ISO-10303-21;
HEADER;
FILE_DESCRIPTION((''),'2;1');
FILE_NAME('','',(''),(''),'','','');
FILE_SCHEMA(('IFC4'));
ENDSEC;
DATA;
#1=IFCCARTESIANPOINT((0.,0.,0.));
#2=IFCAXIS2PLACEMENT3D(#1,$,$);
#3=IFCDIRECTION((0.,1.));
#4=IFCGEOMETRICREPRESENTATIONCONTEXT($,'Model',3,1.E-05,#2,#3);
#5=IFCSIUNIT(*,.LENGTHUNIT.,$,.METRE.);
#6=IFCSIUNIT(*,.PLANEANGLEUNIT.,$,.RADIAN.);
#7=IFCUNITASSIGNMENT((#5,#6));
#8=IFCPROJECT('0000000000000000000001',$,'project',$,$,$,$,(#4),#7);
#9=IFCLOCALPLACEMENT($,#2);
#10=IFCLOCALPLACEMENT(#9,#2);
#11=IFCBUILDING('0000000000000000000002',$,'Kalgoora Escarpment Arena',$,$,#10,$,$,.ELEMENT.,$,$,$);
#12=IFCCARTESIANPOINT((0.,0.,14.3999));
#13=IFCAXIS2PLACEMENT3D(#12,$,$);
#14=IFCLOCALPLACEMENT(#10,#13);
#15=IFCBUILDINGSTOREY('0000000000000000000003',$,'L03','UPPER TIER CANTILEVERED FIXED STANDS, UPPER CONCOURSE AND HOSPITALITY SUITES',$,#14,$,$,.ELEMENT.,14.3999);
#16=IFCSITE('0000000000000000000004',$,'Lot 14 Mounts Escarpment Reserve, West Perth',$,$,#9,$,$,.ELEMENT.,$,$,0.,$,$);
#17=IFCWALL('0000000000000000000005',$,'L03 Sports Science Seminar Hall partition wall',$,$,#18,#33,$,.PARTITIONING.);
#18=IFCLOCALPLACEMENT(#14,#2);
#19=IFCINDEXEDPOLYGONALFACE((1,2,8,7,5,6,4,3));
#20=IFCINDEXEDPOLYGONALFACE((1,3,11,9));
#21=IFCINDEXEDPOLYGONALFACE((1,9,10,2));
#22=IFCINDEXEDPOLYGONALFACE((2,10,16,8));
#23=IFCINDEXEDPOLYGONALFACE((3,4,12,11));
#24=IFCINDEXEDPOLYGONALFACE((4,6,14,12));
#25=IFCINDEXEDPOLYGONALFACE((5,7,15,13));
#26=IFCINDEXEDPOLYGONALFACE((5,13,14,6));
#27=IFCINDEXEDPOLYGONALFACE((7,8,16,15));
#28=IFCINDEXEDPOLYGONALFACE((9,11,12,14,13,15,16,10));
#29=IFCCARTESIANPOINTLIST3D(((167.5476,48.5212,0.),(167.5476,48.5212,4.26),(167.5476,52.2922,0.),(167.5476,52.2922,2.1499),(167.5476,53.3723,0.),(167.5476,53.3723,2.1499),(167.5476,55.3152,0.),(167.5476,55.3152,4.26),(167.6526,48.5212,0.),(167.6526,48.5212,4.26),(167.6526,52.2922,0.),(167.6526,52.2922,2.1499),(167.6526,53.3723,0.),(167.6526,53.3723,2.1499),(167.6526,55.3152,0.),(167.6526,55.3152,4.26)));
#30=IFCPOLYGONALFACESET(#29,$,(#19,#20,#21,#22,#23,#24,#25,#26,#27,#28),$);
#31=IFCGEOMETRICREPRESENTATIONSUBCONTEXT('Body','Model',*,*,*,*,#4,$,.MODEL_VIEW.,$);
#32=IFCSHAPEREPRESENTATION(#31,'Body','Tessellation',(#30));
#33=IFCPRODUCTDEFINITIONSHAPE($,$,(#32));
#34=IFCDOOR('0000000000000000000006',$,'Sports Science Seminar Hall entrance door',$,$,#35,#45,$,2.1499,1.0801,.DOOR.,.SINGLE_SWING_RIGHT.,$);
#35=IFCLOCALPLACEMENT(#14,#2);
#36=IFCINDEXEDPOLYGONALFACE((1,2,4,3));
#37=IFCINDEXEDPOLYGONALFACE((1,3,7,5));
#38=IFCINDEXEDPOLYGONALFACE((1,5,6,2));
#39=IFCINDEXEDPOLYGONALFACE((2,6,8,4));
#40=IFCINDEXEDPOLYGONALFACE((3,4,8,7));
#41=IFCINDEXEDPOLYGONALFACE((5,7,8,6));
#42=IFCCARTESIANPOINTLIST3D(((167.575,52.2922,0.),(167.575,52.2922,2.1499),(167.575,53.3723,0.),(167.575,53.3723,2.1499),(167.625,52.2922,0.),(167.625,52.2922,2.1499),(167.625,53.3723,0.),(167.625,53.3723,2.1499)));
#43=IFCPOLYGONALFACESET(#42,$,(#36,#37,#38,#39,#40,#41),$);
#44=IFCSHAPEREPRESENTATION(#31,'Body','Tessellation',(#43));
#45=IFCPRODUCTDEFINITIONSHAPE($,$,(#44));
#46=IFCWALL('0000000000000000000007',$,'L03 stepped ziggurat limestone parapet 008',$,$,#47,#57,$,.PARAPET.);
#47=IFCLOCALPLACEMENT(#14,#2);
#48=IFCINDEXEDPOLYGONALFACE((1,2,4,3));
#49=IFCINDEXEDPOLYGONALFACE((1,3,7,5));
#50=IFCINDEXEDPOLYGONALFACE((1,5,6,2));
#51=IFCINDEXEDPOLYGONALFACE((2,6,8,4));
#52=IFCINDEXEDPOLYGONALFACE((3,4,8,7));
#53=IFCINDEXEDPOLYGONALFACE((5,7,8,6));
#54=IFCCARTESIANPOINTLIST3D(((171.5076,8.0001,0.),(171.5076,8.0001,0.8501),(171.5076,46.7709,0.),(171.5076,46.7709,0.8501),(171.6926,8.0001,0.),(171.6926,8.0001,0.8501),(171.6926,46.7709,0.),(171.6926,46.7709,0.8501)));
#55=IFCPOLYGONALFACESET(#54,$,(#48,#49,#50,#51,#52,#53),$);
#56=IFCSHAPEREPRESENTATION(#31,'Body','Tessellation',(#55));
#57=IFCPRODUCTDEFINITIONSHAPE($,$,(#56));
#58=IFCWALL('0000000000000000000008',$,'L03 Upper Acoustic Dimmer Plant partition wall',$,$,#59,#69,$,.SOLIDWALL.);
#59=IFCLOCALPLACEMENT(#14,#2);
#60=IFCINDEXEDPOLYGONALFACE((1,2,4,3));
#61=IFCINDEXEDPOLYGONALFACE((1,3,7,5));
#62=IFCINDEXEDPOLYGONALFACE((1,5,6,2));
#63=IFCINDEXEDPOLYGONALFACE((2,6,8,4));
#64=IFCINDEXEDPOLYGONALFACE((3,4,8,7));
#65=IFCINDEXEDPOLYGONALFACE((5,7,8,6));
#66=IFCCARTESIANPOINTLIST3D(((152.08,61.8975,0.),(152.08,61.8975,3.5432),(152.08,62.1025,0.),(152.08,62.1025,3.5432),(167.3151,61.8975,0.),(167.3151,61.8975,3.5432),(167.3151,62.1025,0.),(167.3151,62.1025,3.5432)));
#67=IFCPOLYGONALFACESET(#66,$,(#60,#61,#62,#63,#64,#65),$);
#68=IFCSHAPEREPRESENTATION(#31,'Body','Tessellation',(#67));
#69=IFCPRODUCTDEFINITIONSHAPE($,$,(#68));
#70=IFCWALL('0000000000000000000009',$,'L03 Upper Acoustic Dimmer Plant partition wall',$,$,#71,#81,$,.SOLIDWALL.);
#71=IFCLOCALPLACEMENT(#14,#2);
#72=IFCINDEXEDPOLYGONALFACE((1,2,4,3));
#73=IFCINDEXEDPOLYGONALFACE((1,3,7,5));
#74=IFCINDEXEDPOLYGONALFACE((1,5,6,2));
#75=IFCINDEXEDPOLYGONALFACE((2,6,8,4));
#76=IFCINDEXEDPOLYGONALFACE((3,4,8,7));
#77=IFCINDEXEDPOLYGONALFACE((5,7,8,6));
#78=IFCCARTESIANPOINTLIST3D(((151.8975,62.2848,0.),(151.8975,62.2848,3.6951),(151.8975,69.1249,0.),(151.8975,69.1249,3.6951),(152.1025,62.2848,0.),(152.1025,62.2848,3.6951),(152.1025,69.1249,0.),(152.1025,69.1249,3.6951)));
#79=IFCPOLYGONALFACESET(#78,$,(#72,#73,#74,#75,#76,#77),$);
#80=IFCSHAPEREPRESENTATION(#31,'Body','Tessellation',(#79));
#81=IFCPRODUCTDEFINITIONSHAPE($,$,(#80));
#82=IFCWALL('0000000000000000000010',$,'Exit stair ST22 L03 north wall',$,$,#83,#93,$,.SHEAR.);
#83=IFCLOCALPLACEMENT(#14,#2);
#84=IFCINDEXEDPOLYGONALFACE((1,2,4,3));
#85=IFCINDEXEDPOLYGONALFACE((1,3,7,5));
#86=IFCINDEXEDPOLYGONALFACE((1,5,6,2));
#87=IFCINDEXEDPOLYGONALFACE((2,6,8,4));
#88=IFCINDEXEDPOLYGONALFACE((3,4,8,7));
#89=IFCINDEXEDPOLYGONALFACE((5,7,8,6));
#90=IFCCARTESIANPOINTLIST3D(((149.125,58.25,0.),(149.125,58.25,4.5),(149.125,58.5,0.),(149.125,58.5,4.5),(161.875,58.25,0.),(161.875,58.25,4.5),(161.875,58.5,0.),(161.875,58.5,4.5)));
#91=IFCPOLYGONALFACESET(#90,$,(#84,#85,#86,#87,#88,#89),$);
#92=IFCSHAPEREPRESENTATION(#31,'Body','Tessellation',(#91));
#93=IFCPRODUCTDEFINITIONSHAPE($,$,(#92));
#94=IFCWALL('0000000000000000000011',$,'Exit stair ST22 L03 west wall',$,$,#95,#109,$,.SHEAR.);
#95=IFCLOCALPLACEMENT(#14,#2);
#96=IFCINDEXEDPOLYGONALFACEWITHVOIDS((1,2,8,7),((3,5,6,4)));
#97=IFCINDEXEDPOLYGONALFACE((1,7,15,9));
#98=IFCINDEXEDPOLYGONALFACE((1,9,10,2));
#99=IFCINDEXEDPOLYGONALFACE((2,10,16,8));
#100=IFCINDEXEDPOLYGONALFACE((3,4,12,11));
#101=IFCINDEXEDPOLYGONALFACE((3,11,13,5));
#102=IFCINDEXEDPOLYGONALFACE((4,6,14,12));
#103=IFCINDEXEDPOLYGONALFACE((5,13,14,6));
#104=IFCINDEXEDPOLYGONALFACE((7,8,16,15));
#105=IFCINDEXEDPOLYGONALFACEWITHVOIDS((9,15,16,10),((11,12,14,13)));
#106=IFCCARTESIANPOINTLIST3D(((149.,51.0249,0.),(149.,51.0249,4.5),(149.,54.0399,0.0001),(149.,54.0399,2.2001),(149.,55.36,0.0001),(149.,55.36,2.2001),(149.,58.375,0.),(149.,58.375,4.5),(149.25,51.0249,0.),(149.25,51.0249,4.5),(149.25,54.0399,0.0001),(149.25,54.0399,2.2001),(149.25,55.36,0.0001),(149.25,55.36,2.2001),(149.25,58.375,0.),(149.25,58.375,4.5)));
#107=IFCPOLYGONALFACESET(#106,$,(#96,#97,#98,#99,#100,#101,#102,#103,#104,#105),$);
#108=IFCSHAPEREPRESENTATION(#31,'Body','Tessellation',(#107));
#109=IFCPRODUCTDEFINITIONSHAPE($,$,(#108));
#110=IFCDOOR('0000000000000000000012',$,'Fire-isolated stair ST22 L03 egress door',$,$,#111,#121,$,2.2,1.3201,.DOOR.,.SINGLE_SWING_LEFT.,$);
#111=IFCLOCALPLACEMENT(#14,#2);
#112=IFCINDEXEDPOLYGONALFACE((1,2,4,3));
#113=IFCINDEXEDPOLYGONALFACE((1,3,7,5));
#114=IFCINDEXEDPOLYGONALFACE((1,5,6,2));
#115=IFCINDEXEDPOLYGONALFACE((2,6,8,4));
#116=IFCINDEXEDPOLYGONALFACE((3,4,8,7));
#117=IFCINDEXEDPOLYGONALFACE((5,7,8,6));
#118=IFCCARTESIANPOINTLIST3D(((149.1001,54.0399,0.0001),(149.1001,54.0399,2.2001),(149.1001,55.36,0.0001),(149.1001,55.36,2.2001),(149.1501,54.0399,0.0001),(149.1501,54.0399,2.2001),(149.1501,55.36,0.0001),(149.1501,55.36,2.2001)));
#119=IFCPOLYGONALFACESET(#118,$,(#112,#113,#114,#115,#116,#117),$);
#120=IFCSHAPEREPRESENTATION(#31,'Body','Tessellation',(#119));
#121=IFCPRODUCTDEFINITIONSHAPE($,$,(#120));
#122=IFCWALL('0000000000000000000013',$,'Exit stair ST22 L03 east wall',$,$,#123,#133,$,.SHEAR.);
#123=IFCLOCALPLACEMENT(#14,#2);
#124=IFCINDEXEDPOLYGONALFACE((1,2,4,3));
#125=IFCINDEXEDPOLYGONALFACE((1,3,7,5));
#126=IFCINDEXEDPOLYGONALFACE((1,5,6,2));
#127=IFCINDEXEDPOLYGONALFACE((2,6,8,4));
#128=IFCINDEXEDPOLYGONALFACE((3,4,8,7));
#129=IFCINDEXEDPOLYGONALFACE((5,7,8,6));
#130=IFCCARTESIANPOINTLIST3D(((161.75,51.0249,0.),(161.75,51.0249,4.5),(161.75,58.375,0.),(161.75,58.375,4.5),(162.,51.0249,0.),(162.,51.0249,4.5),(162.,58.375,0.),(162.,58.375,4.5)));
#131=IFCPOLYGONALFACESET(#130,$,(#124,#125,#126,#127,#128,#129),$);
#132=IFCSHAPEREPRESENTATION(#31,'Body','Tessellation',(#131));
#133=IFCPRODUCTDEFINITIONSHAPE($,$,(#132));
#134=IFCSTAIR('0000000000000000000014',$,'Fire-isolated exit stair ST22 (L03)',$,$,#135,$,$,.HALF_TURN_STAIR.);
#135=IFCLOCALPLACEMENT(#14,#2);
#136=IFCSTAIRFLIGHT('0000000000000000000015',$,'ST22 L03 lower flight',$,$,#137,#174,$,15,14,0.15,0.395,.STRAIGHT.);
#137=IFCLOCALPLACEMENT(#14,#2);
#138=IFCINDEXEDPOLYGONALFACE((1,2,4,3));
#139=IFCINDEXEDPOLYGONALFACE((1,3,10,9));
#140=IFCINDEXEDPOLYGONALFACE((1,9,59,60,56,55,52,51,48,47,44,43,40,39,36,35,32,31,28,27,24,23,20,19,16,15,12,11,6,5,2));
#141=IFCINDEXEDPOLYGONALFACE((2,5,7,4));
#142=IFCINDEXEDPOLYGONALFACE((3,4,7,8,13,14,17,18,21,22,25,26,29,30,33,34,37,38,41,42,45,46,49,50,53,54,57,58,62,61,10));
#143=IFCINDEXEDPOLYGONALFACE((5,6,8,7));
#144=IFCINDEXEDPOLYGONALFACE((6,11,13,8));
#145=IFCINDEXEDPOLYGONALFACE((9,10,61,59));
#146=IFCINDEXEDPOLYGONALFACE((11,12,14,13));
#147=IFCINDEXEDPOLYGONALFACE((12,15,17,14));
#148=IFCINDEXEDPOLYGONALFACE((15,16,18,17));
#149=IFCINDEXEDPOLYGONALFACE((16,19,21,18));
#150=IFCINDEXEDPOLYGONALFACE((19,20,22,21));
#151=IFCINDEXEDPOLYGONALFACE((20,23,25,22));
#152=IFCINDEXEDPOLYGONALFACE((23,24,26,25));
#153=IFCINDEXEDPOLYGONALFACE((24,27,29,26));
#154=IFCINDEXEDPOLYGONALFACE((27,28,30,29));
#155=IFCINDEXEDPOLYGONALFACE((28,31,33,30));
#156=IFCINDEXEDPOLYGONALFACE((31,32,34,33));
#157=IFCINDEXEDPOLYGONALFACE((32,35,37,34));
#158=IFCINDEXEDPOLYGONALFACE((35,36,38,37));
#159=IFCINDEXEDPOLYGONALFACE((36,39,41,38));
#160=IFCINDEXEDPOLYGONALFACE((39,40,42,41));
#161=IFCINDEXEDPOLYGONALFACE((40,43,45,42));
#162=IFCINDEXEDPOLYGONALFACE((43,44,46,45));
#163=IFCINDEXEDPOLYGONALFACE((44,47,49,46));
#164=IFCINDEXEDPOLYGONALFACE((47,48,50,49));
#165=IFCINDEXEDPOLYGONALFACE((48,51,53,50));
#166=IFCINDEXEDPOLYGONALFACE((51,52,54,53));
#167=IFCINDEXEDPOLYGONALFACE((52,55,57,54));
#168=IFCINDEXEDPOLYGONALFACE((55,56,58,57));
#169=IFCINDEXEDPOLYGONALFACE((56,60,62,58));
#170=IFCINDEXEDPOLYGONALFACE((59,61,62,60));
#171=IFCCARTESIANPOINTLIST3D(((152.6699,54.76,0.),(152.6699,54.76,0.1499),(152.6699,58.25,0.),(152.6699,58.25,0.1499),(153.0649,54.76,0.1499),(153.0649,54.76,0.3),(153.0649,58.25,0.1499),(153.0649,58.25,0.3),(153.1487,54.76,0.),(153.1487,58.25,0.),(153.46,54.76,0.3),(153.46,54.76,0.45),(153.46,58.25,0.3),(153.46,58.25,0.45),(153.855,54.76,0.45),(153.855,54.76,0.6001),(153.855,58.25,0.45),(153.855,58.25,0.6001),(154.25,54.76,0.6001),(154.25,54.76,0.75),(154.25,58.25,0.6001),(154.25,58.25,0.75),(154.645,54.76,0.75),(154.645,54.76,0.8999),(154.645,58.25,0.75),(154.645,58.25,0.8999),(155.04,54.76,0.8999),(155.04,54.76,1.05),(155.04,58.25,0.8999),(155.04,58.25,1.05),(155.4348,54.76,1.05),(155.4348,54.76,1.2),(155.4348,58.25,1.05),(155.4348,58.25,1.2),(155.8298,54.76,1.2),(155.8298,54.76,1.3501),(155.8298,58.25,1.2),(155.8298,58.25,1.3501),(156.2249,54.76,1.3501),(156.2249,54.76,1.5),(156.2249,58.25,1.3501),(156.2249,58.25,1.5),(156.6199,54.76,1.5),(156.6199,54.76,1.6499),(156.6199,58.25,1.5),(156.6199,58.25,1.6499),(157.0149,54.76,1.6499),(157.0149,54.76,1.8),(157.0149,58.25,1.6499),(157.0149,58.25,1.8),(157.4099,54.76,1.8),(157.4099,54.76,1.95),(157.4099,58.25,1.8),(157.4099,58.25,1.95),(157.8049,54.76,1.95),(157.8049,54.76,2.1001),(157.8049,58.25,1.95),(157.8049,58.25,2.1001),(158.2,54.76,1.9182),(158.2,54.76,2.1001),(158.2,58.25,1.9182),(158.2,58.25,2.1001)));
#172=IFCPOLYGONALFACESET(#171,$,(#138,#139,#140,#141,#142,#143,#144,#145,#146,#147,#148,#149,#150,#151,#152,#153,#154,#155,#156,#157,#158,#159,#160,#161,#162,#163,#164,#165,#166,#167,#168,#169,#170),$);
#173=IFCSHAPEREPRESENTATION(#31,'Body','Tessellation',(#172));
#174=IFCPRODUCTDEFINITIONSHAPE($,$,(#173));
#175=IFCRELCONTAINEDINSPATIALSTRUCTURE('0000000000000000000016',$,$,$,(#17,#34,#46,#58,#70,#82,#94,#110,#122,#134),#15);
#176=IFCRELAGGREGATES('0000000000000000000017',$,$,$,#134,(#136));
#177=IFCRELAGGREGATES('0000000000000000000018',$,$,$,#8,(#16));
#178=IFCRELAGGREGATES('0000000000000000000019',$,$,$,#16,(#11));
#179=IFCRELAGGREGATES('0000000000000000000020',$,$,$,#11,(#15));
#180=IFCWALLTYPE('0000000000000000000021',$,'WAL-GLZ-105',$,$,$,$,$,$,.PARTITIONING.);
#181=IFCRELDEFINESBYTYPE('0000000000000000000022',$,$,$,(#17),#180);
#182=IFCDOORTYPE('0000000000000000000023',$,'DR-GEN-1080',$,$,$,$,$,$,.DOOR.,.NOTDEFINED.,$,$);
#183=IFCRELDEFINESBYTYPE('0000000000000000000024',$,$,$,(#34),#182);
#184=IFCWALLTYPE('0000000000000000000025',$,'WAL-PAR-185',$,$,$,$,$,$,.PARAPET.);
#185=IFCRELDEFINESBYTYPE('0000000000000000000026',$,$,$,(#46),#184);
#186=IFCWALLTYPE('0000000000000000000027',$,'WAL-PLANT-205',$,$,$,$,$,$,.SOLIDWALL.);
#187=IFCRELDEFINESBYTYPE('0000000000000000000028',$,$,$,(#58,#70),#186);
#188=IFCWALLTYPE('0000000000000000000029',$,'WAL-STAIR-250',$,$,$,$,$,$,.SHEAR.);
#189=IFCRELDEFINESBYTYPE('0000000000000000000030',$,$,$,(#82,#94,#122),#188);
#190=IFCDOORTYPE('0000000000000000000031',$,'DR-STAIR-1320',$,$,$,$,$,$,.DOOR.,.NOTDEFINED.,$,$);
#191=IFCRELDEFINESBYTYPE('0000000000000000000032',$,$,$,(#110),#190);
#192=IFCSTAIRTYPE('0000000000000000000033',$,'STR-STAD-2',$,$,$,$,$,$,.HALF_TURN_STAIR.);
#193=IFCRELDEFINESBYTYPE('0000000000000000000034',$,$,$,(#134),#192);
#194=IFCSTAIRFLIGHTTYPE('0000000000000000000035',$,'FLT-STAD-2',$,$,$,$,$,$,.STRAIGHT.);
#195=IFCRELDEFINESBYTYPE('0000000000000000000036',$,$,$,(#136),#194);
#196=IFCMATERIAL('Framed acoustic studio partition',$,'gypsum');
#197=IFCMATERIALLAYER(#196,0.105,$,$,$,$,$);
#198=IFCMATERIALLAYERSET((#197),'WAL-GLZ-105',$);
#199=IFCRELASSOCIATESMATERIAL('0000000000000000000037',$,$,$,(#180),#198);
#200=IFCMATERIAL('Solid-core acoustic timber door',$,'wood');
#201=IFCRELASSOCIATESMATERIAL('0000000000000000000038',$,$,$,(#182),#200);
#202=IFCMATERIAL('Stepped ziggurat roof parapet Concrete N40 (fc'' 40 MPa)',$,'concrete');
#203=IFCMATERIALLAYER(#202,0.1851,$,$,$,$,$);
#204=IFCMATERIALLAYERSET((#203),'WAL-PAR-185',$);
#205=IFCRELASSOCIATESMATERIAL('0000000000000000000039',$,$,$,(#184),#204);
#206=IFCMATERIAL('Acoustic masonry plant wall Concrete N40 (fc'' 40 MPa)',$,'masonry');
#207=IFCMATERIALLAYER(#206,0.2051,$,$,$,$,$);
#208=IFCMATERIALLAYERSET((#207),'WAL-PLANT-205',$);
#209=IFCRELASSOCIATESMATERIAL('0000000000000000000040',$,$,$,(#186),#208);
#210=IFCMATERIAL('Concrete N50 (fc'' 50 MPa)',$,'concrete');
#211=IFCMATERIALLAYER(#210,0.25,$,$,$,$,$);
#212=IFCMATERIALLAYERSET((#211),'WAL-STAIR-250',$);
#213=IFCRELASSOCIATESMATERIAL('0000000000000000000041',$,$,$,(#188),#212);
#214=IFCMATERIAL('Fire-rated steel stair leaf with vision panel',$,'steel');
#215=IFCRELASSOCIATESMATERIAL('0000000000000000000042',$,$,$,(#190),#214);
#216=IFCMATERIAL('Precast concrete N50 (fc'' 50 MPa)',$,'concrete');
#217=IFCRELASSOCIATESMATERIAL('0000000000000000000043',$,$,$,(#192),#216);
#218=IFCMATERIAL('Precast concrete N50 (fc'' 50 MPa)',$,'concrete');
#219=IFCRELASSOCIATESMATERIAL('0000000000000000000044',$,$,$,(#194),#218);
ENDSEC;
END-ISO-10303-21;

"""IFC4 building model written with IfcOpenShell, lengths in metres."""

from ifc_helpers import new_model, si_unit, direction, frame, frame_2d, origin, place, context, subcontext, project, spatial, polyline, rectangle, outline, extrude, material, layer, layer_set, type_object, element, fill, aggregate, save


model = new_model("IFC4")

# Units and contexts
model_context = context("Model", 3, precision=1e-05, world=origin(), true_north=direction((0.0, 1.0)))
body_context = subcontext(model_context, "Body", "Model", "MODEL_VIEW")
ifc_project = project(units=[si_unit("LENGTHUNIT", "METRE"), si_unit("PLANEANGLEUNIT", "RADIAN")], contexts=[model_context])

# Site, building, storey
site_placement = place(None, origin())
site = spatial("IfcSite", under=ifc_project, at=site_placement, Name="Lot 14 Mounts Escarpment Reserve, West Perth", CompositionType="ELEMENT", RefElevation=0.0)
building_placement = place(site_placement, origin())
building = spatial("IfcBuilding", under=site, at=building_placement, Name="Kalgoora Escarpment Arena", CompositionType="ELEMENT")
storey_placement = place(building_placement, frame((0.0, 0.0, 14.3999)))
storey = spatial("IfcBuildingStorey", under=building, at=storey_placement, Name="L03", Description="UPPER TIER CANTILEVERED FIXED STANDS, UPPER CONCOURSE AND HOSPITALITY SUITES", CompositionType="ELEMENT", Elevation=14.3999)

# Shared definitions
ifc_material_1 = material(Name="Framed acoustic studio partition", Category="gypsum")
ifc_layer_1 = layer(ifc_material_1, 0.105)
ifc_layer_set_1 = layer_set([ifc_layer_1], Name="WAL-GLZ-105")
wall_type_1 = type_object("IfcWallType", Name="WAL-GLZ-105", PredefinedType="PARTITIONING", material=ifc_layer_set_1)

# Wall, opening, door
wall_1_placement = place(storey_placement, frame((167.6001, 55.3152, 0.0), z_axis=(0.0, 0.0, 1.0), x_axis=(0.0, -1.0, 0.0)))
wall_1 = element("IfcWall", 1, at=wall_1_placement, inside=storey, type_object=wall_type_1, Name="L03 Sports Science Seminar Hall partition wall", PredefinedType="PARTITIONING", context=body_context, shape_type="SweptSolid", body=[
    extrude(rectangle(XDim=6.7939, YDim=0.105, at=frame_2d((3.397, 0.0))), origin(), (0.0, 0.0, 1.0), 4.26),
])
opening_1_placement = place(wall_1_placement, frame((1.9429, 0.0, 0.0)))
opening_1 = element("IfcOpeningElement", 2, at=opening_1_placement, cuts=wall_1, PredefinedType="OPENING", context=body_context, shape_type="SweptSolid", body=[
    extrude(rectangle(XDim=1.0801, YDim=2.1499, at=frame_2d((0.54, 1.075))), frame((0.0, 0.0625, 0.0), z_axis=(0.0, -1.0, 0.0), x_axis=(1.0, 0.0, 0.0)), (0.0, 0.0, 1.0), 0.125),
])
ifc_material_2 = material(Name="Solid-core acoustic timber door", Category="wood")
door_type_1 = type_object("IfcDoorType", Name="DR-GEN-1080", OperationType="NOTDEFINED", PredefinedType="DOOR", material=ifc_material_2)
door_1_placement = place(opening_1_placement, origin())
door_1 = element("IfcDoor", 3, at=door_1_placement, inside=storey, type_object=door_type_1, Name="Sports Science Seminar Hall entrance door", OperationType="SINGLE_SWING_RIGHT", OverallHeight=2.1499, OverallWidth=1.0801, PredefinedType="DOOR", context=body_context, shape_type="SweptSolid", body=[
    extrude(rectangle(XDim=1.0801, YDim=2.1499, at=frame_2d((0.54, 1.075))), frame((0.0, 0.0249, 0.0), z_axis=(0.0, -1.0, 0.0), x_axis=(1.0, 0.0, 0.0)), (0.0, 0.0, 1.0), 0.05),
])
fill(opening_1, door_1)

# Walls
ifc_material_3 = material(Name="Stepped ziggurat roof parapet Concrete N40 (fc' 40 MPa)", Category="concrete")
ifc_layer_2 = layer(ifc_material_3, 0.1851)
ifc_layer_set_2 = layer_set([ifc_layer_2], Name="WAL-PAR-185")
wall_type_2 = type_object("IfcWallType", Name="WAL-PAR-185", PredefinedType="PARAPET", material=ifc_layer_set_2)
wall_2_placement = place(storey_placement, frame((171.6001, 46.7708, 0.0), z_axis=(0.0, 0.0, 1.0), x_axis=(0.0, -1.0, 0.0)))
element("IfcWall", 4, at=wall_2_placement, inside=storey, type_object=wall_type_2, Name="L03 stepped ziggurat limestone parapet 008", PredefinedType="PARAPET", context=body_context, shape_type="SweptSolid", body=[
    extrude(rectangle(XDim=38.7708, YDim=0.1851, at=frame_2d((19.3853, 0.0))), origin(), (0.0, 0.0, 1.0), 0.8501),
])
ifc_material_4 = material(Name="Acoustic masonry plant wall Concrete N40 (fc' 40 MPa)", Category="masonry")
ifc_layer_3 = layer(ifc_material_4, 0.2051)
ifc_layer_set_3 = layer_set([ifc_layer_3], Name="WAL-PLANT-205")
wall_type_3 = type_object("IfcWallType", Name="WAL-PLANT-205", PredefinedType="SOLIDWALL", material=ifc_layer_set_3)
wall_3_placement = place(storey_placement, frame((167.3152, 62.0, 0.0), z_axis=(0.0, 0.0, 1.0), x_axis=(-1.0, 0.0, 0.0)))
element("IfcWall", 5, at=wall_3_placement, inside=storey, type_object=wall_type_3, Name="L03 Upper Acoustic Dimmer Plant partition wall", PredefinedType="SOLIDWALL", context=body_context, shape_type="SweptSolid", body=[
    extrude(rectangle(XDim=15.2351, YDim=0.2051, at=frame_2d((7.6177, 0.0))), origin(), (0.0, 0.0, 1.0), 3.5432),
])
wall_4_placement = place(storey_placement, frame((152.0, 62.2849, 0.0), z_axis=(0.0, 0.0, 1.0), x_axis=(0.0, 1.0, 0.0)))
element("IfcWall", 6, at=wall_4_placement, inside=storey, type_object=wall_type_3, Name="L03 Upper Acoustic Dimmer Plant partition wall", PredefinedType="SOLIDWALL", context=body_context, shape_type="SweptSolid", body=[
    extrude(rectangle(XDim=6.8401, YDim=0.2051, at=frame_2d((3.4199, 0.0))), origin(), (0.0, 0.0, 1.0), 3.6951),
])
ifc_material_5 = material(Name="Concrete N50 (fc' 50 MPa)", Category="concrete")
ifc_layer_4 = layer(ifc_material_5, 0.25)
ifc_layer_set_4 = layer_set([ifc_layer_4], Name="WAL-STAIR-250")
wall_type_4 = type_object("IfcWallType", Name="WAL-STAIR-250", PredefinedType="SHEAR", material=ifc_layer_set_4)
wall_5_placement = place(storey_placement, frame((149.125, 58.375, 0.0), z_axis=(0.0, 0.0, 1.0), x_axis=(1.0, 0.0, 0.0)))
element("IfcWall", 7, at=wall_5_placement, inside=storey, type_object=wall_type_4, Name="Exit stair ST22 L03 north wall", PredefinedType="SHEAR", context=body_context, shape_type="SweptSolid", body=[
    extrude(rectangle(XDim=12.75, YDim=0.25, at=frame_2d((6.375, 0.0))), origin(), (0.0, 0.0, 1.0), 4.5),
])

# Wall, opening, door
wall_6_placement = place(storey_placement, frame((149.125, 51.0249, 0.0), z_axis=(0.0, 0.0, 1.0), x_axis=(0.0, 1.0, 0.0)))
wall_6 = element("IfcWall", 8, at=wall_6_placement, inside=storey, type_object=wall_type_4, Name="Exit stair ST22 L03 west wall", PredefinedType="SHEAR", context=body_context, shape_type="SweptSolid", body=[
    extrude(rectangle(XDim=7.3501, YDim=0.25, at=frame_2d((3.675, 0.0))), origin(), (0.0, 0.0, 1.0), 4.5),
])
opening_2_placement = place(wall_6_placement, frame((3.0149, 0.0, 0.0)))
opening_2 = element("IfcOpeningElement", 9, at=opening_2_placement, cuts=wall_6, PredefinedType="OPENING", context=body_context, shape_type="SweptSolid", body=[
    extrude(rectangle(XDim=1.3201, YDim=2.2, at=frame_2d((0.6602, 1.1001))), frame((0.0, 0.135, 0.0), z_axis=(0.0, -1.0, 0.0), x_axis=(1.0, 0.0, 0.0)), (0.0, 0.0, 1.0), 0.27),
])
ifc_material_6 = material(Name="Fire-rated steel stair leaf with vision panel", Category="steel")
door_type_2 = type_object("IfcDoorType", Name="DR-STAIR-1320", OperationType="NOTDEFINED", PredefinedType="DOOR", material=ifc_material_6)
door_2_placement = place(opening_2_placement, origin())
door_2 = element("IfcDoor", 10, at=door_2_placement, inside=storey, type_object=door_type_2, Name="Fire-isolated stair ST22 L03 egress door", OperationType="SINGLE_SWING_LEFT", OverallHeight=2.2, OverallWidth=1.3201, PredefinedType="DOOR", context=body_context, shape_type="SweptSolid", body=[
    extrude(rectangle(XDim=1.3201, YDim=2.2, at=frame_2d((0.6602, 1.1001))), frame((0.0, 0.0249, 0.0), z_axis=(0.0, -1.0, 0.0), x_axis=(1.0, 0.0, 0.0)), (0.0, 0.0, 1.0), 0.05),
])
fill(opening_2, door_2)

# Wall
wall_7_placement = place(storey_placement, frame((161.875, 51.0249, 0.0), z_axis=(0.0, 0.0, 1.0), x_axis=(0.0, 1.0, 0.0)))
element("IfcWall", 11, at=wall_7_placement, inside=storey, type_object=wall_type_4, Name="Exit stair ST22 L03 east wall", PredefinedType="SHEAR", context=body_context, shape_type="SweptSolid", body=[
    extrude(rectangle(XDim=7.3501, YDim=0.25, at=frame_2d((3.675, 0.0))), origin(), (0.0, 0.0, 1.0), 4.5),
])

# Stair, stair flight
ifc_material_7 = material(Name="Precast concrete N50 (fc' 50 MPa)", Category="concrete")
stair_type = type_object("IfcStairType", Name="STR-STAD-2", PredefinedType="HALF_TURN_STAIR", material=ifc_material_7)
stair_placement = place(storey_placement, origin())
stair = element("IfcStair", 12, at=stair_placement, inside=storey, type_object=stair_type, Name="Fire-isolated exit stair ST22 (L03)", PredefinedType="HALF_TURN_STAIR")
ifc_material_8 = material(Name="Precast concrete N50 (fc' 50 MPa)", Category="concrete")
stair_flight_type = type_object("IfcStairFlightType", Name="FLT-STAD-2", PredefinedType="STRAIGHT", material=ifc_material_8)
stair_flight_1_placement = place(storey_placement, frame((152.6699, 56.5049, 0.0), z_axis=(0.0, 0.0, 1.0), x_axis=(1.0, 0.0, 0.0)))
stair_flight_1 = element("IfcStairFlight", 13, at=stair_flight_1_placement, type_object=stair_flight_type, Name="ST22 L03 lower flight", NumberOfRisers=15, NumberOfTreads=14, PredefinedType="STRAIGHT", RiserHeight=0.15, TreadLength=0.395, context=body_context, shape_type="SweptSolid", body=[
    extrude(outline(polyline([(0.0, 0.0), (0.0, 0.1499), (0.395, 0.1499), (0.395, 0.3), (0.79, 0.3), (0.79, 0.45), (1.1851, 0.45), (1.1851, 0.6001), (1.5801, 0.6001), (1.5801, 0.75), (1.9751, 0.75), (1.9751, 0.8999), (2.3701, 0.8999), (2.3701, 1.05), (2.7649, 1.05), (2.7649, 1.2), (3.1599, 1.2), (3.1599, 1.3501), (3.5549, 1.3501), (3.5549, 1.5), (3.95, 1.5), (3.95, 1.6499), (4.345, 1.6499), (4.345, 1.8), (4.74, 1.8), (4.74, 1.95), (5.135, 1.95), (5.135, 2.1001), (5.53, 2.1001), (5.53, 2.25), (5.53, 1.9182), (0.4788, 0.0), (0.0, 0.0)])), frame((0.0, 1.7451, 0.0), z_axis=(0.0, -1.0, 0.0), x_axis=(1.0, 0.0, 0.0)), (0.0, 0.0, 1.0), 3.49),
])
aggregate(stair, [stair_flight_1])

save(model, "model.ifc")
